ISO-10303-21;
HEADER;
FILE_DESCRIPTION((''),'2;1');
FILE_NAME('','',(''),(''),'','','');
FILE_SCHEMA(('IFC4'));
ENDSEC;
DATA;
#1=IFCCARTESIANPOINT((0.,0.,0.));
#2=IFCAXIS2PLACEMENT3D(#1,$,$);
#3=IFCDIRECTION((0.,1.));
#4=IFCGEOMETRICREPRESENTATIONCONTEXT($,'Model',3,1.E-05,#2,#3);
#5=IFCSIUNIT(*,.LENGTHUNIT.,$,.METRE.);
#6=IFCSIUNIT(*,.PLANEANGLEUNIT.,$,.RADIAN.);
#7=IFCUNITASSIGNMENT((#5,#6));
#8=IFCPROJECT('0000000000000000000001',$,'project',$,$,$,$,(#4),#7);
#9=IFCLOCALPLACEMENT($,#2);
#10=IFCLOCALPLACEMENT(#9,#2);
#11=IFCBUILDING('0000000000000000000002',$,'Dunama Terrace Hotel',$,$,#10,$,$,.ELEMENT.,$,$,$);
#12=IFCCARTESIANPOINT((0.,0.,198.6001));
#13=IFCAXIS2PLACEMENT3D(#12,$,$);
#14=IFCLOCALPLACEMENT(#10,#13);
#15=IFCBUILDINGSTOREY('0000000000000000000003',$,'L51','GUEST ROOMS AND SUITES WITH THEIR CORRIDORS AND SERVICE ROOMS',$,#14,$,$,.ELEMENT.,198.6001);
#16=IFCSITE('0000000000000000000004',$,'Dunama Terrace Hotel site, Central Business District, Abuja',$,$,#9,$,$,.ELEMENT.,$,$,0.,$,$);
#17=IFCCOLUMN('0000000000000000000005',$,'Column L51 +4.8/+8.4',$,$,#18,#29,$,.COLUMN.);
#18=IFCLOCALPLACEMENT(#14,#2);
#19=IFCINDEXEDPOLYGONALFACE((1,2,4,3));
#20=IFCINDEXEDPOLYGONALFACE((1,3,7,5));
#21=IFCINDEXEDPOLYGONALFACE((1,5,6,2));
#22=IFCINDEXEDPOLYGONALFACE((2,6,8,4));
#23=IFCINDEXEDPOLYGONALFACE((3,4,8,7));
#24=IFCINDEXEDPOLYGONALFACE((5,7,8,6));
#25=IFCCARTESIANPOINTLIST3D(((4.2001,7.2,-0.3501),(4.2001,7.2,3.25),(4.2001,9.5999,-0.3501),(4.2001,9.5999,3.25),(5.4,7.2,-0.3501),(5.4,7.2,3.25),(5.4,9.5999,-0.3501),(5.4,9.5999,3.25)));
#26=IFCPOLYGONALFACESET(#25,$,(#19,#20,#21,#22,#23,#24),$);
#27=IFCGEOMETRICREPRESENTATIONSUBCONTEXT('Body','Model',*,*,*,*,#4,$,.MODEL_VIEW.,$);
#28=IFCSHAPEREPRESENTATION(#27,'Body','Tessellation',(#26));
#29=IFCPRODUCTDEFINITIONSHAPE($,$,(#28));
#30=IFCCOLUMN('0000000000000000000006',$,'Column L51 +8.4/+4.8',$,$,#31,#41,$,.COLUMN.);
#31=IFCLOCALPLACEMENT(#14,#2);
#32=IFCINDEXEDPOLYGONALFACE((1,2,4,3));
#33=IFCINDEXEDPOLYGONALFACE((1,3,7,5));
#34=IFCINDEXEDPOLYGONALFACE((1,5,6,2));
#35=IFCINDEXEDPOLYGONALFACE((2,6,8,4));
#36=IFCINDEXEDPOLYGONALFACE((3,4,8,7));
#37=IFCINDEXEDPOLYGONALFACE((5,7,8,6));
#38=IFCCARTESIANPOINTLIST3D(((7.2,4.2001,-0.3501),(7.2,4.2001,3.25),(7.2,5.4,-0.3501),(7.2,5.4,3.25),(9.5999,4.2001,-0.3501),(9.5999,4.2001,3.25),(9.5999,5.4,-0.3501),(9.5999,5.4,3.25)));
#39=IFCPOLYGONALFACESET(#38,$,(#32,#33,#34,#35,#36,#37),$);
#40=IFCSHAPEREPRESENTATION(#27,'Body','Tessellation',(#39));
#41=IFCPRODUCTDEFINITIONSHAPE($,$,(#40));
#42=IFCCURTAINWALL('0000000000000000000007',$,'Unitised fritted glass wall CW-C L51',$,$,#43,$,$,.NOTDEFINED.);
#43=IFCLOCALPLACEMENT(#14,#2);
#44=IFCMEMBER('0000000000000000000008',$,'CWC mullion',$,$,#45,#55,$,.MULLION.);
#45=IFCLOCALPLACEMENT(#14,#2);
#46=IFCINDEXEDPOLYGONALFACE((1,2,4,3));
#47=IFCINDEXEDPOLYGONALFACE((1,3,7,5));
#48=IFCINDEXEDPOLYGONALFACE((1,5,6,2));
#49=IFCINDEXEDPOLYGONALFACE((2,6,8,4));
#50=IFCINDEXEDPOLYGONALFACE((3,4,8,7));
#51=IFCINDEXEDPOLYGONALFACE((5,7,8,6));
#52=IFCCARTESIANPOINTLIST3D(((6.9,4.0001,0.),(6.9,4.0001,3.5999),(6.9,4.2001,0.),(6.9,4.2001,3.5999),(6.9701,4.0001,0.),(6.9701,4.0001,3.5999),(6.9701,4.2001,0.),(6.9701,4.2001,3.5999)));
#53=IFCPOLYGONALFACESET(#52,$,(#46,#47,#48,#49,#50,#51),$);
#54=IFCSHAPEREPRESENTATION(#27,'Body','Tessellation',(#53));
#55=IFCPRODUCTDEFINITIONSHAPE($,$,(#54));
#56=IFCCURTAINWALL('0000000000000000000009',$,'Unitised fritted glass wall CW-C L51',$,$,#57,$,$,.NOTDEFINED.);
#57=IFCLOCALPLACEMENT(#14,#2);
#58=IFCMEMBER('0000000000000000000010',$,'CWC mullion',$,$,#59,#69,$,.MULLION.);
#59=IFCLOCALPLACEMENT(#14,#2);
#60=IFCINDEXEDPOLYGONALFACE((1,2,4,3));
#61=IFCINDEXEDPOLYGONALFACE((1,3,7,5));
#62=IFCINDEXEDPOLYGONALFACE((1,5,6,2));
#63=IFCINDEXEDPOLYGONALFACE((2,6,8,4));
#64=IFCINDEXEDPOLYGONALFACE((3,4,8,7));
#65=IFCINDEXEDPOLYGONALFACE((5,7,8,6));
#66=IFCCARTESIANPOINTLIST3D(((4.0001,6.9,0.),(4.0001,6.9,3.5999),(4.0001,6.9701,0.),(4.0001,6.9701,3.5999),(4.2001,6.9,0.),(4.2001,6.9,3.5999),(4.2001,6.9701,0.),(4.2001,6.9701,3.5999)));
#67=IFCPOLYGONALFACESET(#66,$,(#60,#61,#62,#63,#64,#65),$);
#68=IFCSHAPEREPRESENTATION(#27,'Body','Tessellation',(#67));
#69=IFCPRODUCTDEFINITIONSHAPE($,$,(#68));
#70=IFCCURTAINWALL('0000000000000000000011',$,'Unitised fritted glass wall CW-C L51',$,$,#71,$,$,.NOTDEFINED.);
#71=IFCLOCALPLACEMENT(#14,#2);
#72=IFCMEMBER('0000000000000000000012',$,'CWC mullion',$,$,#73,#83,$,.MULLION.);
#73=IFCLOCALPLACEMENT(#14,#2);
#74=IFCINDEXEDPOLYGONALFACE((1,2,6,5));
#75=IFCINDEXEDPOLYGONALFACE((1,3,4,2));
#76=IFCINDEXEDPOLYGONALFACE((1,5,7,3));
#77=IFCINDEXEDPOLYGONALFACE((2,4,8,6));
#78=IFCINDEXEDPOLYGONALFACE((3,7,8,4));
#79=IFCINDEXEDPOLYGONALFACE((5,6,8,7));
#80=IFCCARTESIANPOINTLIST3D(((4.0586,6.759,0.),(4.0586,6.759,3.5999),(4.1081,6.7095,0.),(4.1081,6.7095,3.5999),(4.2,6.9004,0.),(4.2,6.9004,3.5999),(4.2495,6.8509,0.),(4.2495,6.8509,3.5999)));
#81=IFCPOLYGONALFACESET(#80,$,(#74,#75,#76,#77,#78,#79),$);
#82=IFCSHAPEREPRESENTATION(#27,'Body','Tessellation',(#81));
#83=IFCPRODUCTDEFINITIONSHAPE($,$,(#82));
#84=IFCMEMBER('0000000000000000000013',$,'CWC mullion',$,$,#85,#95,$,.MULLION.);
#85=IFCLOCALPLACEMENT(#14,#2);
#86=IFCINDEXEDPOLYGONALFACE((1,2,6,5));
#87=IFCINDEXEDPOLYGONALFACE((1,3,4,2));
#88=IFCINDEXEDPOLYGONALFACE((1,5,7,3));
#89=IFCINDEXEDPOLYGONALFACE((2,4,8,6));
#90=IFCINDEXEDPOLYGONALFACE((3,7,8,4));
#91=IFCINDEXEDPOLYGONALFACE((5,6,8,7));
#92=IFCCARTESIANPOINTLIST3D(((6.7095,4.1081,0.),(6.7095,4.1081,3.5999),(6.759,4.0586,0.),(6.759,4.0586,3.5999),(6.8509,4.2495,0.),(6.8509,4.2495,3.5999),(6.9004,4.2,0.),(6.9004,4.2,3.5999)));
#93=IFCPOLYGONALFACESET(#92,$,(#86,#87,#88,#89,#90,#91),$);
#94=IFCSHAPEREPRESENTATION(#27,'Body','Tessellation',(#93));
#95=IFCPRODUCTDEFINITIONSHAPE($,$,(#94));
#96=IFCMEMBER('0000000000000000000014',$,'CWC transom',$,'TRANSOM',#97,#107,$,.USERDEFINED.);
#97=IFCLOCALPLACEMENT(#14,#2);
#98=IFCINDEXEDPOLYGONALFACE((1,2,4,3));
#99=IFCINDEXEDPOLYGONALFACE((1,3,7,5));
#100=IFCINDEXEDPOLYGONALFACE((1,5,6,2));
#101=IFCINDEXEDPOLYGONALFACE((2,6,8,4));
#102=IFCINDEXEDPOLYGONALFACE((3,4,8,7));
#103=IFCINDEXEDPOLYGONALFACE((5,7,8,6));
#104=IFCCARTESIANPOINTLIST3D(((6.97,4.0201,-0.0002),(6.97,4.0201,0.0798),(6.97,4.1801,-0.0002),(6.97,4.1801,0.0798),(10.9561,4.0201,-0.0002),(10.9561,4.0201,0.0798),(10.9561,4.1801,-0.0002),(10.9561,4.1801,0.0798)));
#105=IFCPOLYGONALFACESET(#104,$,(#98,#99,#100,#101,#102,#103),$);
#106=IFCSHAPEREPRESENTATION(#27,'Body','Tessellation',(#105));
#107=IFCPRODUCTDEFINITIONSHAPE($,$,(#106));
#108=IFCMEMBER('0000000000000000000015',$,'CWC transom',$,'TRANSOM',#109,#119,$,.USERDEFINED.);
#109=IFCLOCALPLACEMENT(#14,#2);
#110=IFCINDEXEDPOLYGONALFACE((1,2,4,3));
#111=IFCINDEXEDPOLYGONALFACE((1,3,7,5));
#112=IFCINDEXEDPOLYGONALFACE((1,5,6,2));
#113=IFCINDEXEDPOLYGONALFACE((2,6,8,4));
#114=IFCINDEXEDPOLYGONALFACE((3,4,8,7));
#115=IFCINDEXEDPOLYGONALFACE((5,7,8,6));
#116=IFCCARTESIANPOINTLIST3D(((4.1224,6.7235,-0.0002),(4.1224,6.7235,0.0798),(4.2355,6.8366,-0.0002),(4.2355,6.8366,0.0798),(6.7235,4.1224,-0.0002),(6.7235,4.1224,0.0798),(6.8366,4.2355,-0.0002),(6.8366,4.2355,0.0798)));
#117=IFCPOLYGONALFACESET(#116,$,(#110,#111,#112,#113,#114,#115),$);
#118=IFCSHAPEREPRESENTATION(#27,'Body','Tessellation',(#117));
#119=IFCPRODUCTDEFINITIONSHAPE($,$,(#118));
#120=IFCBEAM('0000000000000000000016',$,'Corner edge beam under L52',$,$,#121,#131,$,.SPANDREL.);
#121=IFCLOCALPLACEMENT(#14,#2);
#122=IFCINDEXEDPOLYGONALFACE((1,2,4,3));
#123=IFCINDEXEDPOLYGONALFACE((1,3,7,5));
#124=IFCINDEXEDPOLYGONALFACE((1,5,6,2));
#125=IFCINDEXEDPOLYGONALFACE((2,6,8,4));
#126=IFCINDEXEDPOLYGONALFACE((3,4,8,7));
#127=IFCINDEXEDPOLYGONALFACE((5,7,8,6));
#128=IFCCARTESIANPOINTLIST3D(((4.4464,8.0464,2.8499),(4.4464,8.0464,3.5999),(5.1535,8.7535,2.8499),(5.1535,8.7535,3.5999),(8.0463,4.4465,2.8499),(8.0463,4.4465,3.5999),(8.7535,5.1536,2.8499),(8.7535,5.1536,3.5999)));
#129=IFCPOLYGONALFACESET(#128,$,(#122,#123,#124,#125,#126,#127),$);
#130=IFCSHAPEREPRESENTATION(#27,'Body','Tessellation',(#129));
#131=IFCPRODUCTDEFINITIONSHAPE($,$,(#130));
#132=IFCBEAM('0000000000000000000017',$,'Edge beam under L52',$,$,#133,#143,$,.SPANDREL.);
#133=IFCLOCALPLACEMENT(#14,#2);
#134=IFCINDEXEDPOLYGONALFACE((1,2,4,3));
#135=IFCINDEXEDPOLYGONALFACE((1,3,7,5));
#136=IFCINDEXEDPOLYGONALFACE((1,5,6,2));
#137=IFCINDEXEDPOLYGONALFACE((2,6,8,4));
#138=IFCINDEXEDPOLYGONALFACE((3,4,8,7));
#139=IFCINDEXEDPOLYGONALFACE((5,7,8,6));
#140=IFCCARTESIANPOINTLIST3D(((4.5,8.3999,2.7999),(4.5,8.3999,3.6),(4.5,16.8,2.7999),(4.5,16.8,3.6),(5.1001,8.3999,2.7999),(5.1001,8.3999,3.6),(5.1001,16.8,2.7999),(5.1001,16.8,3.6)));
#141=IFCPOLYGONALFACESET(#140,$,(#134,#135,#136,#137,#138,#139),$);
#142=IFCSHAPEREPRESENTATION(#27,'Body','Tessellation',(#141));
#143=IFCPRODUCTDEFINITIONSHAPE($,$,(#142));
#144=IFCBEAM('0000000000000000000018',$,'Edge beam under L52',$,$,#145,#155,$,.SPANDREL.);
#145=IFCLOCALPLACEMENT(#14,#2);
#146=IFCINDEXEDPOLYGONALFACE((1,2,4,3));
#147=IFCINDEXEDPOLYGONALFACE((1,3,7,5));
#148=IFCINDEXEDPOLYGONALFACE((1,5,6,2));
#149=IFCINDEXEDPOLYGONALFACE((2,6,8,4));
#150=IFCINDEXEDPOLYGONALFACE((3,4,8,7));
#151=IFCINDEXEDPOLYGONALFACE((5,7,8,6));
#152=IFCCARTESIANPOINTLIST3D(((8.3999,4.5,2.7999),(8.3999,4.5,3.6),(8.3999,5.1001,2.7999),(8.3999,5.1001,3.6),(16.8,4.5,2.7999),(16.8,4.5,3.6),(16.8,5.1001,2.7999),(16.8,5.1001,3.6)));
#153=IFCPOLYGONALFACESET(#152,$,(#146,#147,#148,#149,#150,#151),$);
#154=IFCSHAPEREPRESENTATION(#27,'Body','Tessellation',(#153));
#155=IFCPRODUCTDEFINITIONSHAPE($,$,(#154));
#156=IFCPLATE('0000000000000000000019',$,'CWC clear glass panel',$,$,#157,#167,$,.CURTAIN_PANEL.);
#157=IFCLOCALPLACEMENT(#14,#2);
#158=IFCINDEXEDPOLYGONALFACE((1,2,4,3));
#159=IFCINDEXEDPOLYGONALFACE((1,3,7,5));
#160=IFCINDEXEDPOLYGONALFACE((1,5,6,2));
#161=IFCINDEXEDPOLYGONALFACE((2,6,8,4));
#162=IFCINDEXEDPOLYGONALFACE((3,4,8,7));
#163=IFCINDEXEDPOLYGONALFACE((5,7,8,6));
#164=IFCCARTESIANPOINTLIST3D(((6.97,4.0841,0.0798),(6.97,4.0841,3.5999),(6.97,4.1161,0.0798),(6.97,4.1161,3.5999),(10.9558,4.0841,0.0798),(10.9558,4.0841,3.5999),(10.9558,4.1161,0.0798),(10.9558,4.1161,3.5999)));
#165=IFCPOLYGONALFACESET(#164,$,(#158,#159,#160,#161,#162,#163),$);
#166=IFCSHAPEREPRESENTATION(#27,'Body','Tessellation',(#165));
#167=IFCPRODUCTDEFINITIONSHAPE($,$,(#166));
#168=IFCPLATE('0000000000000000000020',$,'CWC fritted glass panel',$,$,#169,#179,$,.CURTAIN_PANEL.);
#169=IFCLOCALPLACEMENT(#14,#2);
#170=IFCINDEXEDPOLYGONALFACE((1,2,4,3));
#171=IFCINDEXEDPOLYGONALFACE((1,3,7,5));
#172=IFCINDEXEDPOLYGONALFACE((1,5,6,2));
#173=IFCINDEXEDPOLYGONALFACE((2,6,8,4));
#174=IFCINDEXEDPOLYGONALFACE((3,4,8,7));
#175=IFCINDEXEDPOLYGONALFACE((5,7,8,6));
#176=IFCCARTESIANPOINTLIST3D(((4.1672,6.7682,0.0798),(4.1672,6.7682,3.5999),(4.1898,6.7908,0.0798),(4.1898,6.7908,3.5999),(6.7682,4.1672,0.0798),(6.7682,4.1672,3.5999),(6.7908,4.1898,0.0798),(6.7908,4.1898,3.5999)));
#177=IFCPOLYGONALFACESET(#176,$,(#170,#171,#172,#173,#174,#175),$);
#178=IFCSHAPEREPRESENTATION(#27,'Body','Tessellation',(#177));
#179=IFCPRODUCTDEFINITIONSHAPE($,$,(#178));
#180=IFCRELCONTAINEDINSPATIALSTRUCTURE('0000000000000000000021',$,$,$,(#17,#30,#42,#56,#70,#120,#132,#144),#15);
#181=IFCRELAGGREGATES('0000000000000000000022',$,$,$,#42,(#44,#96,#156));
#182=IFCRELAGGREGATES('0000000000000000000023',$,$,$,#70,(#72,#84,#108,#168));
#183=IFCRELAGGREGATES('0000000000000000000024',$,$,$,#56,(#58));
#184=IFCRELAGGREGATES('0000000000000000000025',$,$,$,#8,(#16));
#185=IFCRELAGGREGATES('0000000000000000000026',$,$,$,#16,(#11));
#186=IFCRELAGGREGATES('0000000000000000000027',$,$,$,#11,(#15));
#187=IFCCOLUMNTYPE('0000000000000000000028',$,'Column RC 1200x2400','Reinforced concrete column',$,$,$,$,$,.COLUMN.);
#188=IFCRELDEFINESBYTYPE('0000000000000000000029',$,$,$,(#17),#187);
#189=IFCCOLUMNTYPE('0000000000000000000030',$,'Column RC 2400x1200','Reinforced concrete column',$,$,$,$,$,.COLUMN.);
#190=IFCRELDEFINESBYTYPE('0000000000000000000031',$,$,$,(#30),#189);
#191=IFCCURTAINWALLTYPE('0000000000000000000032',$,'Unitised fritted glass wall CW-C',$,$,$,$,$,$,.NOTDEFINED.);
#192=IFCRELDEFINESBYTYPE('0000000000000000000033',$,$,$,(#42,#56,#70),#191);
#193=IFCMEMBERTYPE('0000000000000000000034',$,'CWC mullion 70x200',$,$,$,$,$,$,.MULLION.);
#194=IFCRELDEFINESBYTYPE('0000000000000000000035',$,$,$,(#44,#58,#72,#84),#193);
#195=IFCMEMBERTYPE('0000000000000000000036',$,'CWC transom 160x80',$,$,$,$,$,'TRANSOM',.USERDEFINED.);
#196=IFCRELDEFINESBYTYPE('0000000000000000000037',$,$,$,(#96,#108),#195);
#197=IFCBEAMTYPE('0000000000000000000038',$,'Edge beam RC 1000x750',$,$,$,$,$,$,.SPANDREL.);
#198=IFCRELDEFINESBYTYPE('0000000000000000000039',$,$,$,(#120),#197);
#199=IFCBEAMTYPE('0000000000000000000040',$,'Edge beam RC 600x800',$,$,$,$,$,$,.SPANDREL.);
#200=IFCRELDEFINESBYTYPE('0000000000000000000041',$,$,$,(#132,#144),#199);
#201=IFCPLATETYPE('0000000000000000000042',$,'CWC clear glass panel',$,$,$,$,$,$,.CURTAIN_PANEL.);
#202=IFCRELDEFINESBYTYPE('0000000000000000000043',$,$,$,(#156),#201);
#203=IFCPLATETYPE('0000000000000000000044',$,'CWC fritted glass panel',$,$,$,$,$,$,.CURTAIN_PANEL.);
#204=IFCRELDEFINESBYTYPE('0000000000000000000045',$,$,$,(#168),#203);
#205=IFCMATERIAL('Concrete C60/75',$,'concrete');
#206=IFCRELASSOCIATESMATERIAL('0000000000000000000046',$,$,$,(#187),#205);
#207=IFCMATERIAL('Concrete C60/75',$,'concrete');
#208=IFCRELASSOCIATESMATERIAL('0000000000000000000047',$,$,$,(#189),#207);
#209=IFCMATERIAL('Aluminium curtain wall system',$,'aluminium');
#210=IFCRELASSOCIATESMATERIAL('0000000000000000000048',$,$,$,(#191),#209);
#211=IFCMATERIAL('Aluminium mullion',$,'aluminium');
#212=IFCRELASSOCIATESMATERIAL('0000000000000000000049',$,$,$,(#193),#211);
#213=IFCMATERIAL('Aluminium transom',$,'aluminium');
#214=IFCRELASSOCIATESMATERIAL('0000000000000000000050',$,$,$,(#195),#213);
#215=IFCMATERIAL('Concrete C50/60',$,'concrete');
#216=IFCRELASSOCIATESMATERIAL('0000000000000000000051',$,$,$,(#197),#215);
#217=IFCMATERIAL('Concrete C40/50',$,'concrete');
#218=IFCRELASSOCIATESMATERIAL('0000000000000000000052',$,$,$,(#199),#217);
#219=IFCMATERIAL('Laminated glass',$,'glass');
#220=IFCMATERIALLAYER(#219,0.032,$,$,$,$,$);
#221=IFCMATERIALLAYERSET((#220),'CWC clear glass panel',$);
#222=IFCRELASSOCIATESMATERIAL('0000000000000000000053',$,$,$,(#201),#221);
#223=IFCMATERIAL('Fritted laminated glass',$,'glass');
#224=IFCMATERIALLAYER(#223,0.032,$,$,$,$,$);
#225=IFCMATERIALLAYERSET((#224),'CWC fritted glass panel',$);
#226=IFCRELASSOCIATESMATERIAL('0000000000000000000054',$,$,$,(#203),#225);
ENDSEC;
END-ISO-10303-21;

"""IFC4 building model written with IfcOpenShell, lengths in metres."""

from ifc_helpers import new_model, si_unit, direction, frame, origin, origin_2d, place, context, subcontext, project, spatial, rectangle, extrude, material, layer, layer_set, material_profile, profile_set, type_object, element, aggregate, save


model = new_model("IFC4")

# Units and contexts
model_context = context("Model", 3, precision=1e-05, world=origin(), true_north=direction((0.0, 1.0)))
body_context = subcontext(model_context, "Body", "Model", "MODEL_VIEW")
ifc_project = project(units=[si_unit("LENGTHUNIT", "METRE"), si_unit("PLANEANGLEUNIT", "RADIAN")], contexts=[model_context])

# Site, building, storey
site_placement = place(None, origin())
site = spatial("IfcSite", under=ifc_project, at=site_placement, Name="Dunama Terrace Hotel site, Central Business District, Abuja", CompositionType="ELEMENT", RefElevation=0.0)
building_placement = place(site_placement, origin())
building = spatial("IfcBuilding", under=site, at=building_placement, Name="Dunama Terrace Hotel", CompositionType="ELEMENT")
storey_placement = place(building_placement, frame((0.0, 0.0, 198.6001)))
storey = spatial("IfcBuildingStorey", under=building, at=storey_placement, Name="L51", Description="GUEST ROOMS AND SUITES WITH THEIR CORRIDORS AND SERVICE ROOMS", CompositionType="ELEMENT", Elevation=198.6001)

# Columns
ifc_material_1 = material(Name="Concrete C60/75", Category="concrete")
ifc_material_profile_1 = material_profile(ifc_material_1, rectangle(XDim=1.2, YDim=2.3999, at=origin_2d()), Name="RC 1200x2400")
ifc_profile_set_1 = profile_set([ifc_material_profile_1], Name="Concrete C60/75")
column_type_1 = type_object("IfcColumnType", Name="Column RC 1200x2400", Description="Reinforced concrete column", PredefinedType="COLUMN", material=ifc_profile_set_1)
column_1_placement = place(storey_placement, frame((4.8, 8.3999, -0.3501), z_axis=(0.0, 0.0, 1.0), x_axis=(1.0, 0.0, 0.0)))
element("IfcColumn", 1, at=column_1_placement, inside=storey, type_object=column_type_1, Name="Column L51 +4.8/+8.4", PredefinedType="COLUMN", context=body_context, shape_type="SweptSolid", body=[
    extrude(rectangle(XDim=1.2, YDim=2.3999, at=origin_2d()), origin(), (0.0, 0.0, 1.0), 3.6001),
])
ifc_material_2 = material(Name="Concrete C60/75", Category="concrete")
ifc_material_profile_2 = material_profile(ifc_material_2, rectangle(XDim=2.3999, YDim=1.2, at=origin_2d()), Name="RC 2400x1200")
ifc_profile_set_2 = profile_set([ifc_material_profile_2], Name="Concrete C60/75")
column_type_2 = type_object("IfcColumnType", Name="Column RC 2400x1200", Description="Reinforced concrete column", PredefinedType="COLUMN", material=ifc_profile_set_2)
column_2_placement = place(storey_placement, frame((8.3999, 4.8, -0.3501), z_axis=(0.0, 0.0, 1.0), x_axis=(1.0, 0.0, 0.0)))
element("IfcColumn", 2, at=column_2_placement, inside=storey, type_object=column_type_2, Name="Column L51 +8.4/+4.8", PredefinedType="COLUMN", context=body_context, shape_type="SweptSolid", body=[
    extrude(rectangle(XDim=2.3999, YDim=1.2, at=origin_2d()), origin(), (0.0, 0.0, 1.0), 3.6001),
])

# Curtain walls, members
ifc_material_3 = material(Name="Aluminium curtain wall system", Category="aluminium")
curtain_wall_type = type_object("IfcCurtainWallType", Name="Unitised fritted glass wall CW-C", PredefinedType="NOTDEFINED", material=ifc_material_3)
curtain_wall_1_placement = place(storey_placement, origin())
curtain_wall_1 = element("IfcCurtainWall", 3, at=curtain_wall_1_placement, inside=storey, type_object=curtain_wall_type, Name="Unitised fritted glass wall CW-C L51", PredefinedType="NOTDEFINED")
ifc_material_4 = material(Name="Aluminium mullion", Category="aluminium")
ifc_material_profile_3 = material_profile(ifc_material_4, rectangle(XDim=0.0701, YDim=0.2, at=origin_2d()), Name="CWC MULLION 70X200")
ifc_profile_set_3 = profile_set([ifc_material_profile_3], Name="Aluminium mullion")
member_type_1 = type_object("IfcMemberType", Name="CWC mullion 70x200", PredefinedType="MULLION", material=ifc_profile_set_3)
member_1_placement = place(storey_placement, frame((6.9351, 4.1001, 0.0), z_axis=(0.0, 0.0, 1.0), x_axis=(1.0, 0.0, 0.0)))
member_1 = element("IfcMember", 4, at=member_1_placement, type_object=member_type_1, Name="CWC mullion", PredefinedType="MULLION", context=body_context, shape_type="SweptSolid", body=[
    extrude(rectangle(XDim=0.0701, YDim=0.2, at=origin_2d()), origin(), (0.0, 0.0, 1.0), 3.5999),
])
curtain_wall_2_placement = place(storey_placement, origin())
curtain_wall_2 = element("IfcCurtainWall", 5, at=curtain_wall_2_placement, inside=storey, type_object=curtain_wall_type, Name="Unitised fritted glass wall CW-C L51", PredefinedType="NOTDEFINED")
member_2_placement = place(storey_placement, frame((4.1001, 6.9351, 0.0), z_axis=(0.0, 0.0, 1.0), x_axis=(0.0, -1.0, 0.0)))
member_2 = element("IfcMember", 6, at=member_2_placement, type_object=member_type_1, Name="CWC mullion", PredefinedType="MULLION", context=body_context, shape_type="SweptSolid", body=[
    extrude(rectangle(XDim=0.0701, YDim=0.2, at=origin_2d()), origin(), (0.0, 0.0, 1.0), 3.5999),
])

# Curtain wall, members
curtain_wall_3_placement = place(storey_placement, origin())
curtain_wall_3 = element("IfcCurtainWall", 7, at=curtain_wall_3_placement, inside=storey, type_object=curtain_wall_type, Name="Unitised fritted glass wall CW-C L51", PredefinedType="NOTDEFINED")
member_3_placement = place(storey_placement, frame((4.1541, 6.8049, 0.0), z_axis=(0.0, 0.0, 1.0), x_axis=(0.707107, -0.707107, 0.0)))
member_3 = element("IfcMember", 8, at=member_3_placement, type_object=member_type_1, Name="CWC mullion", PredefinedType="MULLION", context=body_context, shape_type="SweptSolid", body=[
    extrude(rectangle(XDim=0.0701, YDim=0.2, at=origin_2d()), origin(), (0.0, 0.0, 1.0), 3.5999),
])
member_4_placement = place(storey_placement, frame((6.8049, 4.1541, 0.0), z_axis=(0.0, 0.0, 1.0), x_axis=(0.707107, -0.707107, 0.0)))
member_4 = element("IfcMember", 9, at=member_4_placement, type_object=member_type_1, Name="CWC mullion", PredefinedType="MULLION", context=body_context, shape_type="SweptSolid", body=[
    extrude(rectangle(XDim=0.0701, YDim=0.2, at=origin_2d()), origin(), (0.0, 0.0, 1.0), 3.5999),
])

# Members
ifc_material_5 = material(Name="Aluminium transom", Category="aluminium")
ifc_material_profile_4 = material_profile(ifc_material_5, rectangle(XDim=0.1599, YDim=0.0801, at=origin_2d()), Name="CWC TRANSOM 160X80")
ifc_profile_set_4 = profile_set([ifc_material_profile_4], Name="Aluminium transom")
member_type_2 = type_object("IfcMemberType", Name="CWC transom 160x80", ElementType="TRANSOM", PredefinedType="USERDEFINED", material=ifc_profile_set_4)
member_5_placement = place(storey_placement, frame((6.97, 4.1001, 0.0398), z_axis=(1.0, 0.0, 0.0), x_axis=(0.0, 1.0, 0.0)))
member_5 = element("IfcMember", 10, at=member_5_placement, type_object=member_type_2, Name="CWC transom", ObjectType="TRANSOM", PredefinedType="USERDEFINED", context=body_context, shape_type="SweptSolid", body=[
    extrude(rectangle(XDim=0.1599, YDim=0.0801, at=origin_2d()), origin(), (0.0, 0.0, 1.0), 3.9861),
])
member_6_placement = place(storey_placement, frame((4.179, 6.78, 0.0398), z_axis=(0.707107, -0.707107, 0.0), x_axis=(0.707107, 0.707107, 0.0)))
member_6 = element("IfcMember", 11, at=member_6_placement, type_object=member_type_2, Name="CWC transom", ObjectType="TRANSOM", PredefinedType="USERDEFINED", context=body_context, shape_type="SweptSolid", body=[
    extrude(rectangle(XDim=0.1599, YDim=0.0801, at=origin_2d()), origin(), (0.0, 0.0, 1.0), 3.6785),
])

# Beams
ifc_material_6 = material(Name="Concrete C50/60", Category="concrete")
ifc_material_profile_5 = material_profile(ifc_material_6, rectangle(XDim=1.0, YDim=0.75, at=origin_2d()), Name="RC 1000x750")
ifc_profile_set_5 = profile_set([ifc_material_profile_5], Name="Concrete C50/60")
beam_type_1 = type_object("IfcBeamType", Name="Edge beam RC 1000x750", PredefinedType="SPANDREL", material=ifc_profile_set_5)
beam_placement = place(storey_placement, frame((8.3999, 4.8, 3.2249), z_axis=(-0.707107, 0.707107, 0.0), x_axis=(-0.707107, -0.707107, 0.0)))
element("IfcBeam", 12, at=beam_placement, inside=storey, type_object=beam_type_1, Name="Corner edge beam under L52", PredefinedType="SPANDREL", context=body_context, shape_type="SweptSolid", body=[
    extrude(rectangle(XDim=1.0, YDim=0.75, at=origin_2d()), origin(), (0.0, 0.0, 1.0), 5.0911),
])
ifc_material_7 = material(Name="Concrete C40/50", Category="concrete")
ifc_material_profile_6 = material_profile(ifc_material_7, rectangle(XDim=0.6001, YDim=0.8, at=origin_2d()), Name="RC 600x800")
ifc_profile_set_6 = profile_set([ifc_material_profile_6], Name="Concrete C40/50")
beam_type_2 = type_object("IfcBeamType", Name="Edge beam RC 600x800", PredefinedType="SPANDREL", material=ifc_profile_set_6)
for number, where, z_axis, x_axis, name in (
    (13, (4.8, 8.3999, 3.2), (0.0, 1.0, 0.0), (-1.0, 0.0, 0.0), "Edge beam under L52"),
    (14, (8.3999, 4.8, 3.2), (1.0, 0.0, 0.0), (0.0, 1.0, 0.0), "Edge beam under L52"),
):
    element("IfcBeam", number, at=place(storey_placement, frame(where, z_axis=z_axis, x_axis=x_axis)), inside=storey, type_object=beam_type_2, Name=name, PredefinedType="SPANDREL", context=body_context, shape_type="SweptSolid", body=[
        extrude(rectangle(XDim=0.6001, YDim=0.8, at=origin_2d()), origin(), (0.0, 0.0, 1.0), 8.4001),
    ])

# Plates
ifc_material_8 = material(Name="Laminated glass", Category="glass")
ifc_layer_1 = layer(ifc_material_8, 0.032)
ifc_layer_set_1 = layer_set([ifc_layer_1], Name="CWC clear glass panel")
plate_type_1 = type_object("IfcPlateType", Name="CWC clear glass panel", PredefinedType="CURTAIN_PANEL", material=ifc_layer_set_1)
plate_1_placement = place(storey_placement, frame((8.9629, 4.1001, 0.0798), z_axis=(0.0, 0.0, 1.0), x_axis=(1.0, 0.0, 0.0)))
plate_1 = element("IfcPlate", 15, at=plate_1_placement, type_object=plate_type_1, Name="CWC clear glass panel", PredefinedType="CURTAIN_PANEL", context=body_context, shape_type="SweptSolid", body=[
    extrude(rectangle(XDim=3.9858, YDim=0.032, at=origin_2d()), origin(), (0.0, 0.0, 1.0), 3.52),
])
aggregate(curtain_wall_1, [member_1, member_5, plate_1])
ifc_material_9 = material(Name="Fritted laminated glass", Category="glass")
ifc_layer_2 = layer(ifc_material_9, 0.032)
ifc_layer_set_2 = layer_set([ifc_layer_2], Name="CWC fritted glass panel")
plate_type_2 = type_object("IfcPlateType", Name="CWC fritted glass panel", PredefinedType="CURTAIN_PANEL", material=ifc_layer_set_2)
plate_2_placement = place(storey_placement, frame((5.479, 5.479, 0.0798), z_axis=(0.0, 0.0, 1.0), x_axis=(0.707107, -0.707107, 0.0)))
plate_2 = element("IfcPlate", 16, at=plate_2_placement, type_object=plate_type_2, Name="CWC fritted glass panel", PredefinedType="CURTAIN_PANEL", context=body_context, shape_type="SweptSolid", body=[
    extrude(rectangle(XDim=3.6785, YDim=0.032, at=origin_2d()), origin(), (0.0, 0.0, 1.0), 3.52),
])
aggregate(curtain_wall_3, [member_3, member_4, member_6, plate_2])
aggregate(curtain_wall_2, [member_2])

save(model, "model.ifc")
